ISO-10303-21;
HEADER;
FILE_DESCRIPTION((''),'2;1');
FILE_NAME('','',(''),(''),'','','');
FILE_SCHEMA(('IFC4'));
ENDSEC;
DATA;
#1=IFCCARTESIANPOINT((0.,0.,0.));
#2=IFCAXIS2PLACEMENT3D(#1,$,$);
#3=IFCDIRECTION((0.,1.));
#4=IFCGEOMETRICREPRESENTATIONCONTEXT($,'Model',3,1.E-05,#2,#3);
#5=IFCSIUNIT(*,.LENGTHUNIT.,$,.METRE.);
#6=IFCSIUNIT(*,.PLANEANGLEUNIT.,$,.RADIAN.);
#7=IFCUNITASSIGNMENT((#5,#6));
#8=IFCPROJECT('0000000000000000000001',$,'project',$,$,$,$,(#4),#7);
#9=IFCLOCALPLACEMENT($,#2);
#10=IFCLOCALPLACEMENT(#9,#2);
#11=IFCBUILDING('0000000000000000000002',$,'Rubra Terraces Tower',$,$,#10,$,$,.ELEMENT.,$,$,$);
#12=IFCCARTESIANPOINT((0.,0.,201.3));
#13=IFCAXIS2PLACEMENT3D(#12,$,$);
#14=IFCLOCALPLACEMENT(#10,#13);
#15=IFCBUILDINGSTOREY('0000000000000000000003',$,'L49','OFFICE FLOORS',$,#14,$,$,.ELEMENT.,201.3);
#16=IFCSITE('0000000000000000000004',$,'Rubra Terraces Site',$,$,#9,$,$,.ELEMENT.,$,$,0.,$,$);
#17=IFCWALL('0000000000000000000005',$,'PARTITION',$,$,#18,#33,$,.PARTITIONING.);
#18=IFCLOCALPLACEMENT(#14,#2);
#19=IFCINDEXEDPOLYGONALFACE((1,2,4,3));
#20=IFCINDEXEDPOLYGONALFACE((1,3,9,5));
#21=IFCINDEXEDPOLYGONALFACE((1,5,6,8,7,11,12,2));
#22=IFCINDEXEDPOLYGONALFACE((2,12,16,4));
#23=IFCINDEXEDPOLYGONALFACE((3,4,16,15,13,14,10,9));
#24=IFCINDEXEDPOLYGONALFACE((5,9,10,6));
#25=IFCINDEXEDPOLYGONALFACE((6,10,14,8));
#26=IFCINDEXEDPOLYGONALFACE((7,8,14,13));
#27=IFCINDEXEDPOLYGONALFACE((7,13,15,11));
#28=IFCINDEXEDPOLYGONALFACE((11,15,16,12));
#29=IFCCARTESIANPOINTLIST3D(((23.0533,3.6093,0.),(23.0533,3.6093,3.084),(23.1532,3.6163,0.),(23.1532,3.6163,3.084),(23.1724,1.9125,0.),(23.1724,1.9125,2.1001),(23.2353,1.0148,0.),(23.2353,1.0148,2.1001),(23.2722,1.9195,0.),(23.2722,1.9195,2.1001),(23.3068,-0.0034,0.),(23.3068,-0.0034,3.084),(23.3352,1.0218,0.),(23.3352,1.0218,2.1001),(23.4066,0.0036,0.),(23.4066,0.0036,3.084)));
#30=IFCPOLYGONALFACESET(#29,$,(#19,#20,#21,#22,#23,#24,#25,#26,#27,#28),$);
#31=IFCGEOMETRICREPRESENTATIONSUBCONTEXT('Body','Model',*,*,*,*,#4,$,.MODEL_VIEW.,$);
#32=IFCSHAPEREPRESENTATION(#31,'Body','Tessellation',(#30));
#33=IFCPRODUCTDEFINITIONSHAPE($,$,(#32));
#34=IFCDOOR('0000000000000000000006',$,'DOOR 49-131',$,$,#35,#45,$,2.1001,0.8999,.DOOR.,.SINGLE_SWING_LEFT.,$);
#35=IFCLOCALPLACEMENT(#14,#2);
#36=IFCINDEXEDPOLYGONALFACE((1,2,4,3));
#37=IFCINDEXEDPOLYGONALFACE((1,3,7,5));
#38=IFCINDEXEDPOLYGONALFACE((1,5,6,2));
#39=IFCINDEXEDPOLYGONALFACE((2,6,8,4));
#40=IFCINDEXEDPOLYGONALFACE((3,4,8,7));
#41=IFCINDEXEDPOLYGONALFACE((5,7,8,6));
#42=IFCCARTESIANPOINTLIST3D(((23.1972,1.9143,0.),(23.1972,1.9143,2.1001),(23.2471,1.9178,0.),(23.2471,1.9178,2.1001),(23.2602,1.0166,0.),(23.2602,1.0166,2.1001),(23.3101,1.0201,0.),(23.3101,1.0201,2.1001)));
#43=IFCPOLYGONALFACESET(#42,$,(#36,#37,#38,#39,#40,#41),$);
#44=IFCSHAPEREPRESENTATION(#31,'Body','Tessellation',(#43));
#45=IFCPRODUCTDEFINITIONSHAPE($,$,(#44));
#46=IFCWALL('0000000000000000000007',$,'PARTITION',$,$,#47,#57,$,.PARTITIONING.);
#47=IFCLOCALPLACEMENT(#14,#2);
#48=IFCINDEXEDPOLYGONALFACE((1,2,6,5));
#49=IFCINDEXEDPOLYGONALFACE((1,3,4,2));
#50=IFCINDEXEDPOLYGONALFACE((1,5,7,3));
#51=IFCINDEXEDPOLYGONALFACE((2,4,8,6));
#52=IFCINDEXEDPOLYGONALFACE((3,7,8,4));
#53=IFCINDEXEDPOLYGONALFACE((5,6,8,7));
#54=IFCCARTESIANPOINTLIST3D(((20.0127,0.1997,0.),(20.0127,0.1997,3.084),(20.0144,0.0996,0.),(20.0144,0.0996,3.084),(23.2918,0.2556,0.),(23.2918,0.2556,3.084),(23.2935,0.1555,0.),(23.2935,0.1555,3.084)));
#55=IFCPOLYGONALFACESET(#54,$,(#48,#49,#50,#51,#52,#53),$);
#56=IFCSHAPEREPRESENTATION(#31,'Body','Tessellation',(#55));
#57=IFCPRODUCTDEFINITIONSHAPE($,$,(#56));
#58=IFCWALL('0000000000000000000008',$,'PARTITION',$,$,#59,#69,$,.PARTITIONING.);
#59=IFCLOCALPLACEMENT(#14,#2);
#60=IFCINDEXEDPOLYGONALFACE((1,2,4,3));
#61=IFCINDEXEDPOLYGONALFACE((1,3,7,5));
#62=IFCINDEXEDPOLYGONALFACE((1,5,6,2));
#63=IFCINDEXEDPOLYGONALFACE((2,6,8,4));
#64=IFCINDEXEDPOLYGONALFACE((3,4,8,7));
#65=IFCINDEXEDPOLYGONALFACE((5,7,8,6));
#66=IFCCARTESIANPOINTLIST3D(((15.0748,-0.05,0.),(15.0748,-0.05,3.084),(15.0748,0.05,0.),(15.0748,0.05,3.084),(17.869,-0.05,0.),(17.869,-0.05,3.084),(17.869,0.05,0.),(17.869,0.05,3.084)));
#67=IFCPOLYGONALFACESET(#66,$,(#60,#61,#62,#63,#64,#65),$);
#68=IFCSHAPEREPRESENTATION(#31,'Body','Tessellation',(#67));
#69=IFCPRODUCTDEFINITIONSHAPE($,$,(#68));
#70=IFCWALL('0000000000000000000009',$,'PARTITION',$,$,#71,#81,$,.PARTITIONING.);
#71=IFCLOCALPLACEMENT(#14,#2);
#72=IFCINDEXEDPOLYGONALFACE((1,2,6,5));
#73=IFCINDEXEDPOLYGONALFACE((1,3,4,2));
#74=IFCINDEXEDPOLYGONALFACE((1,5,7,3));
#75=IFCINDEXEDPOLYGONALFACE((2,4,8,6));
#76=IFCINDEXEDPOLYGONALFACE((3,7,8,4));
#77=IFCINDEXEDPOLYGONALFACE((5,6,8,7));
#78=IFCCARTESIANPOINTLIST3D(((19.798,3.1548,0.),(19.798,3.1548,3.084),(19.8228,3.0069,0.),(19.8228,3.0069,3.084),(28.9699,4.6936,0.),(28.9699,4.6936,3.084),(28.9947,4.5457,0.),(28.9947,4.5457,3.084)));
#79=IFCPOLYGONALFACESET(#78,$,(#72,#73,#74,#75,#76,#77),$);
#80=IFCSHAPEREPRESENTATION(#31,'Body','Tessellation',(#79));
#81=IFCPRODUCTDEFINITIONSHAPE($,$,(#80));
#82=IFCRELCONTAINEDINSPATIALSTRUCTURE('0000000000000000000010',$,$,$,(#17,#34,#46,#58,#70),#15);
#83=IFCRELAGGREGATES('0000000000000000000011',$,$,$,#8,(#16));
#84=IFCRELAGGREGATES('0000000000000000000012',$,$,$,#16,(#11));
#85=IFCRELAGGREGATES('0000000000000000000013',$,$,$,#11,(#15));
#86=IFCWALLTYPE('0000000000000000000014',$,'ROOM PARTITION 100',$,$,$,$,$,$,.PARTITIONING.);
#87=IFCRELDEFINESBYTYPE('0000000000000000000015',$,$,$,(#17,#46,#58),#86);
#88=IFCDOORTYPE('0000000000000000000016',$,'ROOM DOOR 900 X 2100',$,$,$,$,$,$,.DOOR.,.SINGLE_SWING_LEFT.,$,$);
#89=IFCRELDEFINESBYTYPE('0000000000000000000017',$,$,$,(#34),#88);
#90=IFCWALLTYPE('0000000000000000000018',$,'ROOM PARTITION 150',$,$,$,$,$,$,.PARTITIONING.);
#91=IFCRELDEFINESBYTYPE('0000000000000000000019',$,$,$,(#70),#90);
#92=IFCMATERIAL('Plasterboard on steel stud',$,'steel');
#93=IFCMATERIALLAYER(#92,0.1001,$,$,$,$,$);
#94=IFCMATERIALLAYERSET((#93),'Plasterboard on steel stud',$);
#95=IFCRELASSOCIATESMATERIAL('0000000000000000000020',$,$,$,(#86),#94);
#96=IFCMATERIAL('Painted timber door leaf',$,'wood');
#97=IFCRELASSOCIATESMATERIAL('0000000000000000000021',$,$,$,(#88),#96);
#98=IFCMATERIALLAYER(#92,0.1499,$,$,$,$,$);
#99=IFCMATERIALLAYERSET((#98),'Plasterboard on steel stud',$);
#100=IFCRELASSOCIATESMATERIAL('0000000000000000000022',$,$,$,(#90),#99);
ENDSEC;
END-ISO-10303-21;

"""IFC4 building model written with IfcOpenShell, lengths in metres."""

from ifc_helpers import new_model, si_unit, direction, frame, frame_2d, origin, place, context, subcontext, project, spatial, rectangle, extrude, material, layer, layer_set, type_object, element, fill, save


model = new_model("IFC4")

# Units and contexts
model_context = context("Model", 3, precision=1e-05, world=origin(), true_north=direction((0.0, 1.0)))
body_context = subcontext(model_context, "Body", "Model", "MODEL_VIEW")
ifc_project = project(units=[si_unit("LENGTHUNIT", "METRE"), si_unit("PLANEANGLEUNIT", "RADIAN")], contexts=[model_context])

# Site, building, storey
site_placement = place(None, origin())
site = spatial("IfcSite", under=ifc_project, at=site_placement, Name="Rubra Terraces Site", CompositionType="ELEMENT", RefElevation=0.0)
building_placement = place(site_placement, origin())
building = spatial("IfcBuilding", under=site, at=building_placement, Name="Rubra Terraces Tower", CompositionType="ELEMENT")
storey_placement = place(building_placement, frame((0.0, 0.0, 201.3)))
storey = spatial("IfcBuildingStorey", under=building, at=storey_placement, Name="L49", Description="OFFICE FLOORS", CompositionType="ELEMENT", Elevation=201.3)

# Shared definitions
ifc_material_1 = material(Name="Painted timber door leaf", Category="wood")

# Shared definitions
ifc_material_2 = material(Name="Plasterboard on steel stud", Category="steel")
ifc_layer_1 = layer(ifc_material_2, 0.1001)
ifc_layer_set_1 = layer_set([ifc_layer_1], Name="Plasterboard on steel stud")
wall_type_1 = type_object("IfcWallType", Name="ROOM PARTITION 100", PredefinedType="PARTITIONING", material=ifc_layer_set_1)

# Wall, opening, door
wall_1_placement = place(storey_placement, frame((23.1033, 3.6128, 0.0), z_axis=(0.0, 0.0, 1.0), x_axis=(0.069973, -0.997549, 0.0)))
wall_1 = element("IfcWall", 1, at=wall_1_placement, inside=storey, type_object=wall_type_1, Name="PARTITION", PredefinedType="PARTITIONING", context=body_context, shape_type="SweptSolid", body=[
    extrude(rectangle(XDim=3.6216, YDim=0.1001, at=frame_2d((1.8108, 0.0))), origin(), (0.0, 0.0, 1.0), 3.084),
])
opening_1_placement = place(wall_1_placement, frame((1.7009, 0.0, 0.0)))
opening_1 = element("IfcOpeningElement", 2, at=opening_1_placement, cuts=wall_1, PredefinedType="OPENING", context=body_context, shape_type="SweptSolid", body=[
    extrude(rectangle(XDim=0.8999, YDim=2.1001, at=frame_2d((0.45, 1.05))), frame((0.0, 0.0601, 0.0), z_axis=(0.0, -1.0, 0.0), x_axis=(1.0, 0.0, 0.0)), (0.0, 0.0, 1.0), 0.1201),
])
door_type_1 = type_object("IfcDoorType", Name="ROOM DOOR 900 X 2100", OperationType="SINGLE_SWING_LEFT", PredefinedType="DOOR", material=ifc_material_1)
door_1_placement = place(opening_1_placement, origin())
door_1 = element("IfcDoor", 3, at=door_1_placement, inside=storey, type_object=door_type_1, Name="DOOR 49-131", OperationType="SINGLE_SWING_LEFT", OverallHeight=2.1001, OverallWidth=0.8999, PredefinedType="DOOR", context=body_context, shape_type="SweptSolid", body=[
    extrude(rectangle(XDim=0.8999, YDim=2.1001, at=frame_2d((0.45, 1.05))), frame((0.0, 0.0249, 0.0), z_axis=(0.0, -1.0, 0.0), x_axis=(1.0, 0.0, 0.0)), (0.0, 0.0, 1.0), 0.05),
])
fill(opening_1, door_1)

# Walls
wall_2_placement = place(storey_placement, frame((20.0137, 0.1497, 0.0), z_axis=(0.0, 0.0, 1.0), x_axis=(0.999855, 0.017048, 0.0)))
element("IfcWall", 4, at=wall_2_placement, inside=storey, type_object=wall_type_1, Name="PARTITION", PredefinedType="PARTITIONING", context=body_context, shape_type="SweptSolid", body=[
    extrude(rectangle(XDim=3.2795, YDim=0.1001, at=frame_2d((1.6396, 0.0))), origin(), (0.0, 0.0, 1.0), 3.084),
])
wall_3_placement = place(storey_placement, frame((15.075, 0.0, 0.0), z_axis=(0.0, 0.0, 1.0), x_axis=(1.0, 0.0, 0.0)))
element("IfcWall", 5, at=wall_3_placement, inside=storey, type_object=wall_type_1, Name="PARTITION", PredefinedType="PARTITIONING", context=body_context, shape_type="SweptSolid", body=[
    extrude(rectangle(XDim=2.7942, YDim=0.1001, at=frame_2d((1.397, 0.0))), origin(), (0.0, 0.0, 1.0), 3.084),
])
ifc_layer_2 = layer(ifc_material_2, 0.1499)
ifc_layer_set_2 = layer_set([ifc_layer_2], Name="Plasterboard on steel stud")
wall_type_2 = type_object("IfcWallType", Name="ROOM PARTITION 150", PredefinedType="PARTITIONING", material=ifc_layer_set_2)
wall_4_placement = place(storey_placement, frame((28.9822, 4.6196, 0.0), z_axis=(0.0, 0.0, 1.0), x_axis=(-0.986216, -0.165463, 0.0)))
element("IfcWall", 6, at=wall_4_placement, inside=storey, type_object=wall_type_2, Name="PARTITION", PredefinedType="PARTITIONING", context=body_context, shape_type="SweptSolid", body=[
    extrude(rectangle(XDim=9.3, YDim=0.1499, at=frame_2d((4.6499, 0.0))), origin(), (0.0, 0.0, 1.0), 3.084),
])

save(model, "model.ifc")
